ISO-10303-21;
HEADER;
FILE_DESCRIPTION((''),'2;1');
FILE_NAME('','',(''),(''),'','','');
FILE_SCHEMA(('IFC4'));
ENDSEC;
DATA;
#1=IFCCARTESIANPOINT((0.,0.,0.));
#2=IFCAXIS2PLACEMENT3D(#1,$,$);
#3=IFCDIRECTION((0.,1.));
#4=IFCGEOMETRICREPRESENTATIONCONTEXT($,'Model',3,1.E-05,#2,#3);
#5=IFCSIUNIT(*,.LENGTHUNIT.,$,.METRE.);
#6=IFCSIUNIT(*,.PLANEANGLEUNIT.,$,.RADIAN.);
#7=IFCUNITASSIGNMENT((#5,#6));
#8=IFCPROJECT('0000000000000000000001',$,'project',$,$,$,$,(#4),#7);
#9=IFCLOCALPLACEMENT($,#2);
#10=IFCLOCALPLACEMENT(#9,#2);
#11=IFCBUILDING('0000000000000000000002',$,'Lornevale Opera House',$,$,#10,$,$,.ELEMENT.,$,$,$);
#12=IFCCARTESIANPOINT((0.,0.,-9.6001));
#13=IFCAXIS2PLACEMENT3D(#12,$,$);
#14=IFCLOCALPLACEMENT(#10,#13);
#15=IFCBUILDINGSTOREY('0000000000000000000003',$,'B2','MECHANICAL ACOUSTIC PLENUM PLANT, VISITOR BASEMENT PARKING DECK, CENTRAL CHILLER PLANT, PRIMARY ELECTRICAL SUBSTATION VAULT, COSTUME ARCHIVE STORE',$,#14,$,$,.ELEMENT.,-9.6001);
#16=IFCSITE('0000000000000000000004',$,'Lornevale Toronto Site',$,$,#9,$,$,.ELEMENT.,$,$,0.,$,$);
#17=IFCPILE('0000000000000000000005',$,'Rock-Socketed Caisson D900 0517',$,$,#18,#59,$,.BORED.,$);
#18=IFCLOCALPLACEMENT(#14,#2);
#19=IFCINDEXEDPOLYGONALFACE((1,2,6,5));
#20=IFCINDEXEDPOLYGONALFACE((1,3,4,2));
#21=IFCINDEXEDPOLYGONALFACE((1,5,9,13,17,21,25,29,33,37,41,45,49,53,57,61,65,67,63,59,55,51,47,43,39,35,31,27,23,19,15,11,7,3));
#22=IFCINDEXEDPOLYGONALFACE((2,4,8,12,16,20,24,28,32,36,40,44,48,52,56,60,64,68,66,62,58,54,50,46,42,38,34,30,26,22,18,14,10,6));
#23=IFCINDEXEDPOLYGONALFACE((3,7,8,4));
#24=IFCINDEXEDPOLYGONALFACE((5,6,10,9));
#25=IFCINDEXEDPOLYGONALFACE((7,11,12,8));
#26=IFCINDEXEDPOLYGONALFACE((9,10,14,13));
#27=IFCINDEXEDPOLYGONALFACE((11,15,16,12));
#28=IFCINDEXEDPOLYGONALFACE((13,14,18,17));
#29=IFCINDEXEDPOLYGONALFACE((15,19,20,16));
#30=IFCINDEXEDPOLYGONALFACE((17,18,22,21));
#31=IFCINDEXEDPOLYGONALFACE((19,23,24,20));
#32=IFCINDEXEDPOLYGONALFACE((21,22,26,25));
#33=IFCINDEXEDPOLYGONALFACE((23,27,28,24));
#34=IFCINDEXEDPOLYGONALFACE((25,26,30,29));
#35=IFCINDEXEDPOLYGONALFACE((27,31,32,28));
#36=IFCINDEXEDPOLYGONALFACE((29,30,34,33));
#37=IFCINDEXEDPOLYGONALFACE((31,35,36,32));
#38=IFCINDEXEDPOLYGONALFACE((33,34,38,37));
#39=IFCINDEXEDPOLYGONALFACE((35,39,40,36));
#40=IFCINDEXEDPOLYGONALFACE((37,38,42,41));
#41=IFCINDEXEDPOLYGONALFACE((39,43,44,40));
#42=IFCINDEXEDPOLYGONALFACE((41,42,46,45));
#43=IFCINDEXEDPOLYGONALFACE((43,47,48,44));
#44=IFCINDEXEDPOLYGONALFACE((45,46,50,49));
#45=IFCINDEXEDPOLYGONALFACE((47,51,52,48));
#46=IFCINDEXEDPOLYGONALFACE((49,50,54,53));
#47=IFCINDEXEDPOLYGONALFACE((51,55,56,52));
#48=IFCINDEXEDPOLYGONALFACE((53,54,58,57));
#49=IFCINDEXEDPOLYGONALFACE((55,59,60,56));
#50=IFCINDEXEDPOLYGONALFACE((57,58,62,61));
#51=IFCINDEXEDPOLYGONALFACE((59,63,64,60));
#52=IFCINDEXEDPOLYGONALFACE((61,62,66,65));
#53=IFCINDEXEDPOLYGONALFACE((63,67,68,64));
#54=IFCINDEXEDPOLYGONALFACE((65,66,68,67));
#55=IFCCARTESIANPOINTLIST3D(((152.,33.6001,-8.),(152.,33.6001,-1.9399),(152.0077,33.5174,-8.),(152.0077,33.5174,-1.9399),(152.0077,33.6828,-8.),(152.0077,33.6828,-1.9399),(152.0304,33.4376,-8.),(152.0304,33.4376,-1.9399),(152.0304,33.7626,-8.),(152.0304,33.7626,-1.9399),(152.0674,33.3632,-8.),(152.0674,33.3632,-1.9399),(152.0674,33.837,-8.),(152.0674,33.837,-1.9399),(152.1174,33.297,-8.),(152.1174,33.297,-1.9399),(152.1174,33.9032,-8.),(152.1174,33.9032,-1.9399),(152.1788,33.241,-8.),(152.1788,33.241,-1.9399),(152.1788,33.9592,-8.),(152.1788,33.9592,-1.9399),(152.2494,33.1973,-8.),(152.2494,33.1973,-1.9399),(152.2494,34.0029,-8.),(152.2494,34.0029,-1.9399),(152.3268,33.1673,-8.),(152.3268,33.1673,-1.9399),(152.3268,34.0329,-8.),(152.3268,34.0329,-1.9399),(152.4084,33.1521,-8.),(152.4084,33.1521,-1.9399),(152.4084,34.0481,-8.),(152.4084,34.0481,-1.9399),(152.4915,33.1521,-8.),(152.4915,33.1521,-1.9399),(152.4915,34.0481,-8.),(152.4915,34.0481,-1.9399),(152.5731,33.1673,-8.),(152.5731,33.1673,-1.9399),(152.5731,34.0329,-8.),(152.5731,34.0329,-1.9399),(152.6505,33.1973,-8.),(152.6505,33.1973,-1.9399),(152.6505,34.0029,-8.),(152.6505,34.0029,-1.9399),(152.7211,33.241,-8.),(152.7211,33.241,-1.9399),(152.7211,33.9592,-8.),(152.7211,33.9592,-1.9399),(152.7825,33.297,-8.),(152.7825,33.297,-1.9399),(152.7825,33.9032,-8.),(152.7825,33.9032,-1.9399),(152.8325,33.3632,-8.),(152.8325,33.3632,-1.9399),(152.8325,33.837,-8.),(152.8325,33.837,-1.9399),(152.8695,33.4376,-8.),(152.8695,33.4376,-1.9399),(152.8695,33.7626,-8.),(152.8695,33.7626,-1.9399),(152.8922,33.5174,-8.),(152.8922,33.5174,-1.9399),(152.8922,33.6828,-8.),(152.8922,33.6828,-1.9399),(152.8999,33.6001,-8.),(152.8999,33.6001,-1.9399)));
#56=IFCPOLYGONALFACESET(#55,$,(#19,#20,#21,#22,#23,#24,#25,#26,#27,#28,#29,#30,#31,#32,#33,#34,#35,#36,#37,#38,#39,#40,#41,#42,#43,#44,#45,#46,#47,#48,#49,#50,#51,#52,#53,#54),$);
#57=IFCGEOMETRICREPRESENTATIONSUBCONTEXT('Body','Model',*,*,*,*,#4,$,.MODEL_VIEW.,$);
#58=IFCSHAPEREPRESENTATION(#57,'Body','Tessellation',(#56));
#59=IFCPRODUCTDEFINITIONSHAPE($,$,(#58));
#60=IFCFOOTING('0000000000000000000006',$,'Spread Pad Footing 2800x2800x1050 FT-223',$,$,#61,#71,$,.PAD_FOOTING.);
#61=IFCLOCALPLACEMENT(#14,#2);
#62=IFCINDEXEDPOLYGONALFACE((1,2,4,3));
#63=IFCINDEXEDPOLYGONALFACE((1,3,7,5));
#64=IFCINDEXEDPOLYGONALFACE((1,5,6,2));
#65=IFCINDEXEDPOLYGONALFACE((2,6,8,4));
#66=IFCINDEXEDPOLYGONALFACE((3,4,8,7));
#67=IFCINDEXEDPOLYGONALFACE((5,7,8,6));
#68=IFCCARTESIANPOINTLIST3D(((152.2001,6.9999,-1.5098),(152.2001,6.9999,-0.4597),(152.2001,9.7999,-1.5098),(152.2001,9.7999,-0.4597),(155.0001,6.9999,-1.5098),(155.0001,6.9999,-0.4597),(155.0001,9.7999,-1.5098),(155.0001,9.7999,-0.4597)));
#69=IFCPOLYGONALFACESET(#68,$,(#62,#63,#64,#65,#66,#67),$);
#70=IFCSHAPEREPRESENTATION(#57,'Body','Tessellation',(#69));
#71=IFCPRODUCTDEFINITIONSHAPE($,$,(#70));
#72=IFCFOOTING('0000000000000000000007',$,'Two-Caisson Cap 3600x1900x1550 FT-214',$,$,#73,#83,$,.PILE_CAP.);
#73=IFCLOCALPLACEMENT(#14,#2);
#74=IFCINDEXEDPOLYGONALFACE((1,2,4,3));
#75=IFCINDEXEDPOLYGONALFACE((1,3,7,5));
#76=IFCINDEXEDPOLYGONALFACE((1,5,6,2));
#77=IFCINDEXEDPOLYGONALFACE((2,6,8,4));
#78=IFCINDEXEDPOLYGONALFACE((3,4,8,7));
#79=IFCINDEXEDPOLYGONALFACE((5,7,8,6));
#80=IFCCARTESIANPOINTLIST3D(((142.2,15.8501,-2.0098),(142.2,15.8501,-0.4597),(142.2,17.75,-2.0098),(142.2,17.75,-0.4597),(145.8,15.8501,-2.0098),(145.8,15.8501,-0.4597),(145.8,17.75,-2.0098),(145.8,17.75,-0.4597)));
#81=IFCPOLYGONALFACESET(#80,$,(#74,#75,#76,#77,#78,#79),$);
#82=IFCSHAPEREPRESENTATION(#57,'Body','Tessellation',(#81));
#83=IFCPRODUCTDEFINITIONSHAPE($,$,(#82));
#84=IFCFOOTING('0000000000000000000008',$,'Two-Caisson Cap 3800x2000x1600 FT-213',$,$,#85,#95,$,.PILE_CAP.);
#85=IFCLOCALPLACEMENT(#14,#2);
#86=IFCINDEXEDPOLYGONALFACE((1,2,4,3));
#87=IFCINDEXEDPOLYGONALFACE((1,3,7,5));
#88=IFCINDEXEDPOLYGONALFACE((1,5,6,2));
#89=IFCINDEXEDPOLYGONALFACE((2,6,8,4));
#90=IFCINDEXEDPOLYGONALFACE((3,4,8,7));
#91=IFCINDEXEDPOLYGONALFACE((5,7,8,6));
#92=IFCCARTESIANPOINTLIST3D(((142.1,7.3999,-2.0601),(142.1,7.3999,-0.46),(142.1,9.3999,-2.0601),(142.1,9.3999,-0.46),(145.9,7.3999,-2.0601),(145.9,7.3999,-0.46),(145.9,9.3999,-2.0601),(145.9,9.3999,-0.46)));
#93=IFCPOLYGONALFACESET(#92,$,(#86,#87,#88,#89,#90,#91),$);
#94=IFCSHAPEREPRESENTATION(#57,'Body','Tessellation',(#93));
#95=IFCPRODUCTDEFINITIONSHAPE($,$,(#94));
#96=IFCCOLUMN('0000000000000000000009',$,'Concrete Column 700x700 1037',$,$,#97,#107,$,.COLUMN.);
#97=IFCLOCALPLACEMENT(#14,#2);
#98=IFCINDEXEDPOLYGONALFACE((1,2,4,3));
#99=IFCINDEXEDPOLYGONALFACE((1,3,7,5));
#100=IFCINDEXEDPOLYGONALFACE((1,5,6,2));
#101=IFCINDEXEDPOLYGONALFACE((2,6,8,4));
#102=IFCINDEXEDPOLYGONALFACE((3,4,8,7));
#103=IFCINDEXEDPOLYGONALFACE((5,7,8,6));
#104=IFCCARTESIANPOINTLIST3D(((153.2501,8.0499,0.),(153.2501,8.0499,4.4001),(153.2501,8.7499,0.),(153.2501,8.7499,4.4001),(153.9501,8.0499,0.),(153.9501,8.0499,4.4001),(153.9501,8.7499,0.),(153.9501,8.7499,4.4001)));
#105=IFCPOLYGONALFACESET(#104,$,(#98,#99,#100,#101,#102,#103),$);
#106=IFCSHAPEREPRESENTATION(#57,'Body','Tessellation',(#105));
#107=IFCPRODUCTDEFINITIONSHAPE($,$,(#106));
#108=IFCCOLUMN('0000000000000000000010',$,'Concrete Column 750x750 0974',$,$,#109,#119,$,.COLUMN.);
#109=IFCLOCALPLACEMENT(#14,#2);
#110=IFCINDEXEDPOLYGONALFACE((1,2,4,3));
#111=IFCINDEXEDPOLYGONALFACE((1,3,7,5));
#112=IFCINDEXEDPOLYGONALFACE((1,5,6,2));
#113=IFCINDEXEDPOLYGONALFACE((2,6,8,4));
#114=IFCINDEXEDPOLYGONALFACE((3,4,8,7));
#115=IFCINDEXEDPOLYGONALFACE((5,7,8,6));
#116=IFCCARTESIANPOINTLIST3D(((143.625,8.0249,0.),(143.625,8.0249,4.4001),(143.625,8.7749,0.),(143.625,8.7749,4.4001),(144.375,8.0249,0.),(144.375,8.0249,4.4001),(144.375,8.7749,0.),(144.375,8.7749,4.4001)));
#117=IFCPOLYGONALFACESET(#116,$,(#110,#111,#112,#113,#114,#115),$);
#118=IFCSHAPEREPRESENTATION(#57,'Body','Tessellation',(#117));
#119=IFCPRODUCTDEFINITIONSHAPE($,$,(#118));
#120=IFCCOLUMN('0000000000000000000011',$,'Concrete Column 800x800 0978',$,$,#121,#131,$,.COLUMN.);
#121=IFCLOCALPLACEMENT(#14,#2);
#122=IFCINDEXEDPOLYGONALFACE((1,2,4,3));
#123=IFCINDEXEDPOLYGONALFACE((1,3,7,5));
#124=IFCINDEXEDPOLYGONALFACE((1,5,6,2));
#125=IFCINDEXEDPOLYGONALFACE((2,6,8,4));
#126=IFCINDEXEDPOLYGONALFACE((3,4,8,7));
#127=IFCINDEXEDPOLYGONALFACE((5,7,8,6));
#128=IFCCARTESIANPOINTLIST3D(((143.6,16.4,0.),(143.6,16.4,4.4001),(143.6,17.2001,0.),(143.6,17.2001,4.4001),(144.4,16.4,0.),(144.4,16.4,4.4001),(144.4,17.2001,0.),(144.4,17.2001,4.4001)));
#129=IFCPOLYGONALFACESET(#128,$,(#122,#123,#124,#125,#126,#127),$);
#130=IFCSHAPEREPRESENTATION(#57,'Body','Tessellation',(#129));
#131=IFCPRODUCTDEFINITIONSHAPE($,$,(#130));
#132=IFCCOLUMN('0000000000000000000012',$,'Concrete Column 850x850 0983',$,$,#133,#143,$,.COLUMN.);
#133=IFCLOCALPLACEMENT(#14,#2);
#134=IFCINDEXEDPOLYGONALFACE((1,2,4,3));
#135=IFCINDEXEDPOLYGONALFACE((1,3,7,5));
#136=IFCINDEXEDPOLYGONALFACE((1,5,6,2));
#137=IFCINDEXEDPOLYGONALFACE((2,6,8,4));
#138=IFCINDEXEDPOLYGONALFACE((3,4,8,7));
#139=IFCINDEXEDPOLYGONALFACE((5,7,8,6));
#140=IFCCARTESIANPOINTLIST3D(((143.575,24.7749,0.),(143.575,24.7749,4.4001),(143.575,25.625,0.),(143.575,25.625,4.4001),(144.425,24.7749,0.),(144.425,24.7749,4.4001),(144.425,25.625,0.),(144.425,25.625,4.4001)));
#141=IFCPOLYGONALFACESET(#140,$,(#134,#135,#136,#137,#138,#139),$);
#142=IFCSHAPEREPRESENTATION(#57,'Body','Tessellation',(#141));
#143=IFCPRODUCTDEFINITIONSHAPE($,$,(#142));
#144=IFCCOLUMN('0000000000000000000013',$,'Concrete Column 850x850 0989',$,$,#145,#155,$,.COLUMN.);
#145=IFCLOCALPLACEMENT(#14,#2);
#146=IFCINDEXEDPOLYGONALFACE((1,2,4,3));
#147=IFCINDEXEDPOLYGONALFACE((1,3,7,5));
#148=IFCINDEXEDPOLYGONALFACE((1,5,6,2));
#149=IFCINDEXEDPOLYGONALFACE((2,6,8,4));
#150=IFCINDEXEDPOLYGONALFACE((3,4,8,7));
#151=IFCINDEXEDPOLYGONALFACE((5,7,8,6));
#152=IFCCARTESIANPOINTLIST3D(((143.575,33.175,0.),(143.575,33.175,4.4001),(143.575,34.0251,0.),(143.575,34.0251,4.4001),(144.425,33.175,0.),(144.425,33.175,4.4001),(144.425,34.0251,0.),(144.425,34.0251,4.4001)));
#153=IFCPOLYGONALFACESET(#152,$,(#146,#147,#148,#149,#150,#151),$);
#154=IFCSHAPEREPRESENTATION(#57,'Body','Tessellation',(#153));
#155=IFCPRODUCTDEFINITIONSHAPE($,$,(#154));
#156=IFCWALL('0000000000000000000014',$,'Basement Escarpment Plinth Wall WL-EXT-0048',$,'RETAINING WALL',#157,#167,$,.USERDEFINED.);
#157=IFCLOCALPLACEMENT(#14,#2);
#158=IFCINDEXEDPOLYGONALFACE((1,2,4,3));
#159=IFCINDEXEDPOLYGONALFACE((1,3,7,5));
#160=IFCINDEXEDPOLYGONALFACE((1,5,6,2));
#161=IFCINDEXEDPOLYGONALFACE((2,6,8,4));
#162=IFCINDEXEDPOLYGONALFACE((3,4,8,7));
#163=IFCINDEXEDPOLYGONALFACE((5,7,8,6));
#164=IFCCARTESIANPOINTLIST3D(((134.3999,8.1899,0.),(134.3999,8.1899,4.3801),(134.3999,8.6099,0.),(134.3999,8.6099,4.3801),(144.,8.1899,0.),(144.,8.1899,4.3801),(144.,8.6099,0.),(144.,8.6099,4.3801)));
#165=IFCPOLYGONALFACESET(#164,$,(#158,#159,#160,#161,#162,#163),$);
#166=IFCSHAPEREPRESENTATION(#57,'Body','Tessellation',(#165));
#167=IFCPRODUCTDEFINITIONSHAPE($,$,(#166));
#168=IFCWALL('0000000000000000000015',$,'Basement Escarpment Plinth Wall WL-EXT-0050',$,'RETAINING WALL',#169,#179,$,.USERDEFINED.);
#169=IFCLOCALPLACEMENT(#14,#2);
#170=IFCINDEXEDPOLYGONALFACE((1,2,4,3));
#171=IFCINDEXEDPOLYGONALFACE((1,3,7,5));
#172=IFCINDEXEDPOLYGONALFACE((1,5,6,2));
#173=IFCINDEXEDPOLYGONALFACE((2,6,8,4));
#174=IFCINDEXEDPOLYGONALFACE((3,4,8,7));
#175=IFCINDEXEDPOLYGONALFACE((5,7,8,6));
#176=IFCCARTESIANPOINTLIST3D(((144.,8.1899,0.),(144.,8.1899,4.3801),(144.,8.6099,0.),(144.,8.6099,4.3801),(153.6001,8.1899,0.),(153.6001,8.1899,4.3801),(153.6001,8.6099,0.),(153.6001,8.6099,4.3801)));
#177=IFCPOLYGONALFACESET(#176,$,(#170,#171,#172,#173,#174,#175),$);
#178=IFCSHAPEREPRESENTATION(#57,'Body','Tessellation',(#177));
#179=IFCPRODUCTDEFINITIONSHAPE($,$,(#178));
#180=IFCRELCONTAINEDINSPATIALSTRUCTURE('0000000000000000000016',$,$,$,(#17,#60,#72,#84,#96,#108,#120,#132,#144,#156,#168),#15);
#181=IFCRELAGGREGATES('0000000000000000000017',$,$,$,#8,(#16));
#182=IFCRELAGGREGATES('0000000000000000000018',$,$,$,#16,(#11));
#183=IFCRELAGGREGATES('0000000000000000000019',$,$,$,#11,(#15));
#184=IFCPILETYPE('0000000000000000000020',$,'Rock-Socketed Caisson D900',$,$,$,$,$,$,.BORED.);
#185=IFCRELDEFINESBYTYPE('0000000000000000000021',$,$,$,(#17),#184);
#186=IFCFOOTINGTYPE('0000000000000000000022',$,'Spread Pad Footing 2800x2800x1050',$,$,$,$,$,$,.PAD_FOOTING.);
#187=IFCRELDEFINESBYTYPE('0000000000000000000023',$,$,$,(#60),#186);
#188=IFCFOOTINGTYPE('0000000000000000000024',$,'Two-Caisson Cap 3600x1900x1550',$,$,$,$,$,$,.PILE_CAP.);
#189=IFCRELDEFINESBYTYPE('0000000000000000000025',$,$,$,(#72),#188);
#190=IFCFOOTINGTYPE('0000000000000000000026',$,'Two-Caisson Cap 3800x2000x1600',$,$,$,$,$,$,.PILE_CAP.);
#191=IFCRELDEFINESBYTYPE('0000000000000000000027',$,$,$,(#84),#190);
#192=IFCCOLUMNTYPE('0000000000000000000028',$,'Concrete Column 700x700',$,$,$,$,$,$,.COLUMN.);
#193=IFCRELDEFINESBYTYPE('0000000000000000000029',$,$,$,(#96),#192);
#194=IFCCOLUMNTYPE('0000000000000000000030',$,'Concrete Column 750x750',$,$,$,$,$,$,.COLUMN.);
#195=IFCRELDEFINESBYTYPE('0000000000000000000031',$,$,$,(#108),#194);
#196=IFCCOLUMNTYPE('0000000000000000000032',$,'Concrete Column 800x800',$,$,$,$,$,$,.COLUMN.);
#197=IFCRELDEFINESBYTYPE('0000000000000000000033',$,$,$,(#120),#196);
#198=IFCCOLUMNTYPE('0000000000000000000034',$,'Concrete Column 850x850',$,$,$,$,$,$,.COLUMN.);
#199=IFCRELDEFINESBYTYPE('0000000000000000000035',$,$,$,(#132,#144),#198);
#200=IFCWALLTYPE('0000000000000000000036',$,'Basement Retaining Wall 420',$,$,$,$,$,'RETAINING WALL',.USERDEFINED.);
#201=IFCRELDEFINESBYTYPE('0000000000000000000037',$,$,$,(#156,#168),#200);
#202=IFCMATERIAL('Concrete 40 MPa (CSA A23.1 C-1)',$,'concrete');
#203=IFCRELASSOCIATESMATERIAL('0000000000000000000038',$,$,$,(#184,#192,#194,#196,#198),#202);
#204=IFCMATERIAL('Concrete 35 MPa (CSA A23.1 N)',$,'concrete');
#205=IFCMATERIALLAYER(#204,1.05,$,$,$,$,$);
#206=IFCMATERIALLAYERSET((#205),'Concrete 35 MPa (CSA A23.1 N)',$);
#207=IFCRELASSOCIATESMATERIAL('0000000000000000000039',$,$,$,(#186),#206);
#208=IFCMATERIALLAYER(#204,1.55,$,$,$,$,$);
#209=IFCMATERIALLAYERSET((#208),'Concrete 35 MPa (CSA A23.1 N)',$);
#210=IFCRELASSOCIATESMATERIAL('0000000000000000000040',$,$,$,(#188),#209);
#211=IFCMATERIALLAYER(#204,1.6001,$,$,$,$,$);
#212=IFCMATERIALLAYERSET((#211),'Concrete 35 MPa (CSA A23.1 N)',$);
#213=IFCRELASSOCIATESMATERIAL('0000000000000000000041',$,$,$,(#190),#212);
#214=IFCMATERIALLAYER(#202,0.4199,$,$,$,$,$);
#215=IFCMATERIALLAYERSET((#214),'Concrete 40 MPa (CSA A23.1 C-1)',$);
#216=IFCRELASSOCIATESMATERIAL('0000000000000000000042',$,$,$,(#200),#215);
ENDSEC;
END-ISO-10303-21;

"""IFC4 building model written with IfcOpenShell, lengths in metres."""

from ifc_helpers import new_model, si_unit, direction, frame, frame_2d, origin, origin_2d, place, context, subcontext, project, spatial, rectangle, circle, extrude, material, layer, layer_set, material_profile, profile_set, type_object, element, save


model = new_model("IFC4")

# Units and contexts
model_context = context("Model", 3, precision=1e-05, world=origin(), true_north=direction((0.0, 1.0)))
body_context = subcontext(model_context, "Body", "Model", "MODEL_VIEW")
ifc_project = project(units=[si_unit("LENGTHUNIT", "METRE"), si_unit("PLANEANGLEUNIT", "RADIAN")], contexts=[model_context])

# Site, building, storey
site_placement = place(None, origin())
site = spatial("IfcSite", under=ifc_project, at=site_placement, Name="Lornevale Toronto Site", CompositionType="ELEMENT", RefElevation=0.0)
building_placement = place(site_placement, origin())
building = spatial("IfcBuilding", under=site, at=building_placement, Name="Lornevale Opera House", CompositionType="ELEMENT")
storey_placement = place(building_placement, frame((0.0, 0.0, -9.6001)))
storey = spatial("IfcBuildingStorey", under=building, at=storey_placement, Name="B2", Description="MECHANICAL ACOUSTIC PLENUM PLANT, VISITOR BASEMENT PARKING DECK, CENTRAL CHILLER PLANT, PRIMARY ELECTRICAL SUBSTATION VAULT, COSTUME ARCHIVE STORE", CompositionType="ELEMENT", Elevation=-9.6001)

# Shared definitions
ifc_material_1 = material(Name="Concrete 35 MPa (CSA A23.1 N)", Category="concrete")

# Pile
ifc_material_2 = material(Name="Concrete 40 MPa (CSA A23.1 C-1)", Category="concrete")
ifc_material_profile_1 = material_profile(ifc_material_2, circle(Radius=0.45, at=origin_2d()), Name="CAIS900")
ifc_profile_set_1 = profile_set([ifc_material_profile_1], Name="Concrete 40 MPa (CSA A23.1 C-1)")
pile_type_1 = type_object("IfcPileType", Name="Rock-Socketed Caisson D900", PredefinedType="BORED", material=ifc_profile_set_1)
pile_1_placement = place(storey_placement, frame((152.45, 33.6001, -1.9399), z_axis=(0.0, 0.0, -1.0), x_axis=(1.0, 0.0, 0.0)))
element("IfcPile", 1, at=pile_1_placement, inside=storey, type_object=pile_type_1, Name="Rock-Socketed Caisson D900 0517", PredefinedType="BORED", context=body_context, shape_type="SweptSolid", body=[
    extrude(circle(Radius=0.45, at=origin_2d()), origin(), (0.0, 0.0, 1.0), 6.0601),
])

# Footings
ifc_layer_1 = layer(ifc_material_1, 1.05)
ifc_layer_set_1 = layer_set([ifc_layer_1], Name="Concrete 35 MPa (CSA A23.1 N)")
footing_type_1 = type_object("IfcFootingType", Name="Spread Pad Footing 2800x2800x1050", PredefinedType="PAD_FOOTING", material=ifc_layer_set_1)
footing_1_placement = place(storey_placement, frame((153.6001, 8.3999, -1.5098), z_axis=(0.0, 0.0, 1.0), x_axis=(1.0, 0.0, 0.0)))
element("IfcFooting", 2, at=footing_1_placement, inside=storey, type_object=footing_type_1, Name="Spread Pad Footing 2800x2800x1050 FT-223", PredefinedType="PAD_FOOTING", context=body_context, shape_type="SweptSolid", body=[
    extrude(rectangle(XDim=2.8, YDim=2.8, at=origin_2d()), origin(), (0.0, 0.0, 1.0), 1.05),
])
ifc_layer_2 = layer(ifc_material_1, 1.55)
ifc_layer_set_2 = layer_set([ifc_layer_2], Name="Concrete 35 MPa (CSA A23.1 N)")
footing_type_2 = type_object("IfcFootingType", Name="Two-Caisson Cap 3600x1900x1550", PredefinedType="PILE_CAP", material=ifc_layer_set_2)
footing_2_placement = place(storey_placement, frame((144.0, 16.8, -2.0098), z_axis=(0.0, 0.0, 1.0), x_axis=(1.0, 0.0, 0.0)))
element("IfcFooting", 3, at=footing_2_placement, inside=storey, type_object=footing_type_2, Name="Two-Caisson Cap 3600x1900x1550 FT-214", PredefinedType="PILE_CAP", context=body_context, shape_type="SweptSolid", body=[
    extrude(rectangle(XDim=3.6001, YDim=1.8999, at=origin_2d()), origin(), (0.0, 0.0, 1.0), 1.55),
])
ifc_layer_3 = layer(ifc_material_1, 1.6001)
ifc_layer_set_3 = layer_set([ifc_layer_3], Name="Concrete 35 MPa (CSA A23.1 N)")
footing_type_3 = type_object("IfcFootingType", Name="Two-Caisson Cap 3800x2000x1600", PredefinedType="PILE_CAP", material=ifc_layer_set_3)
footing_3_placement = place(storey_placement, frame((144.0, 8.3999, -2.0601), z_axis=(0.0, 0.0, 1.0), x_axis=(1.0, 0.0, 0.0)))
element("IfcFooting", 4, at=footing_3_placement, inside=storey, type_object=footing_type_3, Name="Two-Caisson Cap 3800x2000x1600 FT-213", PredefinedType="PILE_CAP", context=body_context, shape_type="SweptSolid", body=[
    extrude(rectangle(XDim=3.8, YDim=2.0, at=origin_2d()), origin(), (0.0, 0.0, 1.0), 1.6001),
])

# Columns
ifc_material_profile_2 = material_profile(ifc_material_2, rectangle(XDim=0.7, YDim=0.7, at=origin_2d()), Name="RC700x700")
ifc_profile_set_2 = profile_set([ifc_material_profile_2], Name="Concrete 40 MPa (CSA A23.1 C-1)")
column_type_1 = type_object("IfcColumnType", Name="Concrete Column 700x700", PredefinedType="COLUMN", material=ifc_profile_set_2)
column_1_placement = place(storey_placement, frame((153.6001, 8.3999, 0.0), z_axis=(0.0, 0.0, 1.0), x_axis=(1.0, 0.0, 0.0)))
element("IfcColumn", 5, at=column_1_placement, inside=storey, type_object=column_type_1, Name="Concrete Column 700x700 1037", PredefinedType="COLUMN", context=body_context, shape_type="SweptSolid", body=[
    extrude(rectangle(XDim=0.7, YDim=0.7, at=origin_2d()), origin(), (0.0, 0.0, 1.0), 4.4001),
])
ifc_material_profile_3 = material_profile(ifc_material_2, rectangle(XDim=0.75, YDim=0.75, at=origin_2d()), Name="RC750x750")
ifc_profile_set_3 = profile_set([ifc_material_profile_3], Name="Concrete 40 MPa (CSA A23.1 C-1)")
column_type_2 = type_object("IfcColumnType", Name="Concrete Column 750x750", PredefinedType="COLUMN", material=ifc_profile_set_3)
column_2_placement = place(storey_placement, frame((144.0, 8.3999, 0.0), z_axis=(0.0, 0.0, 1.0), x_axis=(1.0, 0.0, 0.0)))
element("IfcColumn", 6, at=column_2_placement, inside=storey, type_object=column_type_2, Name="Concrete Column 750x750 0974", PredefinedType="COLUMN", context=body_context, shape_type="SweptSolid", body=[
    extrude(rectangle(XDim=0.75, YDim=0.75, at=origin_2d()), origin(), (0.0, 0.0, 1.0), 4.4001),
])
ifc_material_profile_4 = material_profile(ifc_material_2, rectangle(XDim=0.8, YDim=0.8, at=origin_2d()), Name="RC800x800")
ifc_profile_set_4 = profile_set([ifc_material_profile_4], Name="Concrete 40 MPa (CSA A23.1 C-1)")
column_type_3 = type_object("IfcColumnType", Name="Concrete Column 800x800", PredefinedType="COLUMN", material=ifc_profile_set_4)
column_3_placement = place(storey_placement, frame((144.0, 16.8, 0.0), z_axis=(0.0, 0.0, 1.0), x_axis=(1.0, 0.0, 0.0)))
element("IfcColumn", 7, at=column_3_placement, inside=storey, type_object=column_type_3, Name="Concrete Column 800x800 0978", PredefinedType="COLUMN", context=body_context, shape_type="SweptSolid", body=[
    extrude(rectangle(XDim=0.8, YDim=0.8, at=origin_2d()), origin(), (0.0, 0.0, 1.0), 4.4001),
])
ifc_material_profile_5 = material_profile(ifc_material_2, rectangle(XDim=0.8501, YDim=0.8501, at=origin_2d()), Name="RC850x850")
ifc_profile_set_5 = profile_set([ifc_material_profile_5], Name="Concrete 40 MPa (CSA A23.1 C-1)")
column_type_4 = type_object("IfcColumnType", Name="Concrete Column 850x850", PredefinedType="COLUMN", material=ifc_profile_set_5)
for number, where, z_axis, x_axis, name in (
    (8, (144.0, 25.2, 0.0), (0.0, 0.0, 1.0), (1.0, 0.0, 0.0), "Concrete Column 850x850 0983"),
    (9, (144.0, 33.6001, 0.0), (0.0, 0.0, 1.0), (1.0, 0.0, 0.0), "Concrete Column 850x850 0989"),
):
    element("IfcColumn", number, at=place(storey_placement, frame(where, z_axis=z_axis, x_axis=x_axis)), inside=storey, type_object=column_type_4, Name=name, PredefinedType="COLUMN", context=body_context, shape_type="SweptSolid", body=[
        extrude(rectangle(XDim=0.8501, YDim=0.8501, at=origin_2d()), origin(), (0.0, 0.0, 1.0), 4.4001),
    ])

# Walls
ifc_layer_4 = layer(ifc_material_2, 0.4199)
ifc_layer_set_4 = layer_set([ifc_layer_4], Name="Concrete 40 MPa (CSA A23.1 C-1)")
wall_type_1 = type_object("IfcWallType", Name="Basement Retaining Wall 420", ElementType="RETAINING WALL", PredefinedType="USERDEFINED", material=ifc_layer_set_4)
for number, where, z_axis, x_axis, name in (
    (10, (144.0, 8.3999, 0.0), (0.0, 0.0, 1.0), (-1.0, 0.0, 0.0), "Basement Escarpment Plinth Wall WL-EXT-0048"),
    (11, (153.6001, 8.3999, 0.0), (0.0, 0.0, 1.0), (-1.0, 0.0, 0.0), "Basement Escarpment Plinth Wall WL-EXT-0050"),
):
    element("IfcWall", number, at=place(storey_placement, frame(where, z_axis=z_axis, x_axis=x_axis)), inside=storey, type_object=wall_type_1, Name=name, ObjectType="RETAINING WALL", PredefinedType="USERDEFINED", context=body_context, shape_type="SweptSolid", body=[
        extrude(rectangle(XDim=9.6001, YDim=0.4199, at=frame_2d((4.8, 0.0))), origin(), (0.0, 0.0, 1.0), 4.3801),
    ])

save(model, "model.ifc")
